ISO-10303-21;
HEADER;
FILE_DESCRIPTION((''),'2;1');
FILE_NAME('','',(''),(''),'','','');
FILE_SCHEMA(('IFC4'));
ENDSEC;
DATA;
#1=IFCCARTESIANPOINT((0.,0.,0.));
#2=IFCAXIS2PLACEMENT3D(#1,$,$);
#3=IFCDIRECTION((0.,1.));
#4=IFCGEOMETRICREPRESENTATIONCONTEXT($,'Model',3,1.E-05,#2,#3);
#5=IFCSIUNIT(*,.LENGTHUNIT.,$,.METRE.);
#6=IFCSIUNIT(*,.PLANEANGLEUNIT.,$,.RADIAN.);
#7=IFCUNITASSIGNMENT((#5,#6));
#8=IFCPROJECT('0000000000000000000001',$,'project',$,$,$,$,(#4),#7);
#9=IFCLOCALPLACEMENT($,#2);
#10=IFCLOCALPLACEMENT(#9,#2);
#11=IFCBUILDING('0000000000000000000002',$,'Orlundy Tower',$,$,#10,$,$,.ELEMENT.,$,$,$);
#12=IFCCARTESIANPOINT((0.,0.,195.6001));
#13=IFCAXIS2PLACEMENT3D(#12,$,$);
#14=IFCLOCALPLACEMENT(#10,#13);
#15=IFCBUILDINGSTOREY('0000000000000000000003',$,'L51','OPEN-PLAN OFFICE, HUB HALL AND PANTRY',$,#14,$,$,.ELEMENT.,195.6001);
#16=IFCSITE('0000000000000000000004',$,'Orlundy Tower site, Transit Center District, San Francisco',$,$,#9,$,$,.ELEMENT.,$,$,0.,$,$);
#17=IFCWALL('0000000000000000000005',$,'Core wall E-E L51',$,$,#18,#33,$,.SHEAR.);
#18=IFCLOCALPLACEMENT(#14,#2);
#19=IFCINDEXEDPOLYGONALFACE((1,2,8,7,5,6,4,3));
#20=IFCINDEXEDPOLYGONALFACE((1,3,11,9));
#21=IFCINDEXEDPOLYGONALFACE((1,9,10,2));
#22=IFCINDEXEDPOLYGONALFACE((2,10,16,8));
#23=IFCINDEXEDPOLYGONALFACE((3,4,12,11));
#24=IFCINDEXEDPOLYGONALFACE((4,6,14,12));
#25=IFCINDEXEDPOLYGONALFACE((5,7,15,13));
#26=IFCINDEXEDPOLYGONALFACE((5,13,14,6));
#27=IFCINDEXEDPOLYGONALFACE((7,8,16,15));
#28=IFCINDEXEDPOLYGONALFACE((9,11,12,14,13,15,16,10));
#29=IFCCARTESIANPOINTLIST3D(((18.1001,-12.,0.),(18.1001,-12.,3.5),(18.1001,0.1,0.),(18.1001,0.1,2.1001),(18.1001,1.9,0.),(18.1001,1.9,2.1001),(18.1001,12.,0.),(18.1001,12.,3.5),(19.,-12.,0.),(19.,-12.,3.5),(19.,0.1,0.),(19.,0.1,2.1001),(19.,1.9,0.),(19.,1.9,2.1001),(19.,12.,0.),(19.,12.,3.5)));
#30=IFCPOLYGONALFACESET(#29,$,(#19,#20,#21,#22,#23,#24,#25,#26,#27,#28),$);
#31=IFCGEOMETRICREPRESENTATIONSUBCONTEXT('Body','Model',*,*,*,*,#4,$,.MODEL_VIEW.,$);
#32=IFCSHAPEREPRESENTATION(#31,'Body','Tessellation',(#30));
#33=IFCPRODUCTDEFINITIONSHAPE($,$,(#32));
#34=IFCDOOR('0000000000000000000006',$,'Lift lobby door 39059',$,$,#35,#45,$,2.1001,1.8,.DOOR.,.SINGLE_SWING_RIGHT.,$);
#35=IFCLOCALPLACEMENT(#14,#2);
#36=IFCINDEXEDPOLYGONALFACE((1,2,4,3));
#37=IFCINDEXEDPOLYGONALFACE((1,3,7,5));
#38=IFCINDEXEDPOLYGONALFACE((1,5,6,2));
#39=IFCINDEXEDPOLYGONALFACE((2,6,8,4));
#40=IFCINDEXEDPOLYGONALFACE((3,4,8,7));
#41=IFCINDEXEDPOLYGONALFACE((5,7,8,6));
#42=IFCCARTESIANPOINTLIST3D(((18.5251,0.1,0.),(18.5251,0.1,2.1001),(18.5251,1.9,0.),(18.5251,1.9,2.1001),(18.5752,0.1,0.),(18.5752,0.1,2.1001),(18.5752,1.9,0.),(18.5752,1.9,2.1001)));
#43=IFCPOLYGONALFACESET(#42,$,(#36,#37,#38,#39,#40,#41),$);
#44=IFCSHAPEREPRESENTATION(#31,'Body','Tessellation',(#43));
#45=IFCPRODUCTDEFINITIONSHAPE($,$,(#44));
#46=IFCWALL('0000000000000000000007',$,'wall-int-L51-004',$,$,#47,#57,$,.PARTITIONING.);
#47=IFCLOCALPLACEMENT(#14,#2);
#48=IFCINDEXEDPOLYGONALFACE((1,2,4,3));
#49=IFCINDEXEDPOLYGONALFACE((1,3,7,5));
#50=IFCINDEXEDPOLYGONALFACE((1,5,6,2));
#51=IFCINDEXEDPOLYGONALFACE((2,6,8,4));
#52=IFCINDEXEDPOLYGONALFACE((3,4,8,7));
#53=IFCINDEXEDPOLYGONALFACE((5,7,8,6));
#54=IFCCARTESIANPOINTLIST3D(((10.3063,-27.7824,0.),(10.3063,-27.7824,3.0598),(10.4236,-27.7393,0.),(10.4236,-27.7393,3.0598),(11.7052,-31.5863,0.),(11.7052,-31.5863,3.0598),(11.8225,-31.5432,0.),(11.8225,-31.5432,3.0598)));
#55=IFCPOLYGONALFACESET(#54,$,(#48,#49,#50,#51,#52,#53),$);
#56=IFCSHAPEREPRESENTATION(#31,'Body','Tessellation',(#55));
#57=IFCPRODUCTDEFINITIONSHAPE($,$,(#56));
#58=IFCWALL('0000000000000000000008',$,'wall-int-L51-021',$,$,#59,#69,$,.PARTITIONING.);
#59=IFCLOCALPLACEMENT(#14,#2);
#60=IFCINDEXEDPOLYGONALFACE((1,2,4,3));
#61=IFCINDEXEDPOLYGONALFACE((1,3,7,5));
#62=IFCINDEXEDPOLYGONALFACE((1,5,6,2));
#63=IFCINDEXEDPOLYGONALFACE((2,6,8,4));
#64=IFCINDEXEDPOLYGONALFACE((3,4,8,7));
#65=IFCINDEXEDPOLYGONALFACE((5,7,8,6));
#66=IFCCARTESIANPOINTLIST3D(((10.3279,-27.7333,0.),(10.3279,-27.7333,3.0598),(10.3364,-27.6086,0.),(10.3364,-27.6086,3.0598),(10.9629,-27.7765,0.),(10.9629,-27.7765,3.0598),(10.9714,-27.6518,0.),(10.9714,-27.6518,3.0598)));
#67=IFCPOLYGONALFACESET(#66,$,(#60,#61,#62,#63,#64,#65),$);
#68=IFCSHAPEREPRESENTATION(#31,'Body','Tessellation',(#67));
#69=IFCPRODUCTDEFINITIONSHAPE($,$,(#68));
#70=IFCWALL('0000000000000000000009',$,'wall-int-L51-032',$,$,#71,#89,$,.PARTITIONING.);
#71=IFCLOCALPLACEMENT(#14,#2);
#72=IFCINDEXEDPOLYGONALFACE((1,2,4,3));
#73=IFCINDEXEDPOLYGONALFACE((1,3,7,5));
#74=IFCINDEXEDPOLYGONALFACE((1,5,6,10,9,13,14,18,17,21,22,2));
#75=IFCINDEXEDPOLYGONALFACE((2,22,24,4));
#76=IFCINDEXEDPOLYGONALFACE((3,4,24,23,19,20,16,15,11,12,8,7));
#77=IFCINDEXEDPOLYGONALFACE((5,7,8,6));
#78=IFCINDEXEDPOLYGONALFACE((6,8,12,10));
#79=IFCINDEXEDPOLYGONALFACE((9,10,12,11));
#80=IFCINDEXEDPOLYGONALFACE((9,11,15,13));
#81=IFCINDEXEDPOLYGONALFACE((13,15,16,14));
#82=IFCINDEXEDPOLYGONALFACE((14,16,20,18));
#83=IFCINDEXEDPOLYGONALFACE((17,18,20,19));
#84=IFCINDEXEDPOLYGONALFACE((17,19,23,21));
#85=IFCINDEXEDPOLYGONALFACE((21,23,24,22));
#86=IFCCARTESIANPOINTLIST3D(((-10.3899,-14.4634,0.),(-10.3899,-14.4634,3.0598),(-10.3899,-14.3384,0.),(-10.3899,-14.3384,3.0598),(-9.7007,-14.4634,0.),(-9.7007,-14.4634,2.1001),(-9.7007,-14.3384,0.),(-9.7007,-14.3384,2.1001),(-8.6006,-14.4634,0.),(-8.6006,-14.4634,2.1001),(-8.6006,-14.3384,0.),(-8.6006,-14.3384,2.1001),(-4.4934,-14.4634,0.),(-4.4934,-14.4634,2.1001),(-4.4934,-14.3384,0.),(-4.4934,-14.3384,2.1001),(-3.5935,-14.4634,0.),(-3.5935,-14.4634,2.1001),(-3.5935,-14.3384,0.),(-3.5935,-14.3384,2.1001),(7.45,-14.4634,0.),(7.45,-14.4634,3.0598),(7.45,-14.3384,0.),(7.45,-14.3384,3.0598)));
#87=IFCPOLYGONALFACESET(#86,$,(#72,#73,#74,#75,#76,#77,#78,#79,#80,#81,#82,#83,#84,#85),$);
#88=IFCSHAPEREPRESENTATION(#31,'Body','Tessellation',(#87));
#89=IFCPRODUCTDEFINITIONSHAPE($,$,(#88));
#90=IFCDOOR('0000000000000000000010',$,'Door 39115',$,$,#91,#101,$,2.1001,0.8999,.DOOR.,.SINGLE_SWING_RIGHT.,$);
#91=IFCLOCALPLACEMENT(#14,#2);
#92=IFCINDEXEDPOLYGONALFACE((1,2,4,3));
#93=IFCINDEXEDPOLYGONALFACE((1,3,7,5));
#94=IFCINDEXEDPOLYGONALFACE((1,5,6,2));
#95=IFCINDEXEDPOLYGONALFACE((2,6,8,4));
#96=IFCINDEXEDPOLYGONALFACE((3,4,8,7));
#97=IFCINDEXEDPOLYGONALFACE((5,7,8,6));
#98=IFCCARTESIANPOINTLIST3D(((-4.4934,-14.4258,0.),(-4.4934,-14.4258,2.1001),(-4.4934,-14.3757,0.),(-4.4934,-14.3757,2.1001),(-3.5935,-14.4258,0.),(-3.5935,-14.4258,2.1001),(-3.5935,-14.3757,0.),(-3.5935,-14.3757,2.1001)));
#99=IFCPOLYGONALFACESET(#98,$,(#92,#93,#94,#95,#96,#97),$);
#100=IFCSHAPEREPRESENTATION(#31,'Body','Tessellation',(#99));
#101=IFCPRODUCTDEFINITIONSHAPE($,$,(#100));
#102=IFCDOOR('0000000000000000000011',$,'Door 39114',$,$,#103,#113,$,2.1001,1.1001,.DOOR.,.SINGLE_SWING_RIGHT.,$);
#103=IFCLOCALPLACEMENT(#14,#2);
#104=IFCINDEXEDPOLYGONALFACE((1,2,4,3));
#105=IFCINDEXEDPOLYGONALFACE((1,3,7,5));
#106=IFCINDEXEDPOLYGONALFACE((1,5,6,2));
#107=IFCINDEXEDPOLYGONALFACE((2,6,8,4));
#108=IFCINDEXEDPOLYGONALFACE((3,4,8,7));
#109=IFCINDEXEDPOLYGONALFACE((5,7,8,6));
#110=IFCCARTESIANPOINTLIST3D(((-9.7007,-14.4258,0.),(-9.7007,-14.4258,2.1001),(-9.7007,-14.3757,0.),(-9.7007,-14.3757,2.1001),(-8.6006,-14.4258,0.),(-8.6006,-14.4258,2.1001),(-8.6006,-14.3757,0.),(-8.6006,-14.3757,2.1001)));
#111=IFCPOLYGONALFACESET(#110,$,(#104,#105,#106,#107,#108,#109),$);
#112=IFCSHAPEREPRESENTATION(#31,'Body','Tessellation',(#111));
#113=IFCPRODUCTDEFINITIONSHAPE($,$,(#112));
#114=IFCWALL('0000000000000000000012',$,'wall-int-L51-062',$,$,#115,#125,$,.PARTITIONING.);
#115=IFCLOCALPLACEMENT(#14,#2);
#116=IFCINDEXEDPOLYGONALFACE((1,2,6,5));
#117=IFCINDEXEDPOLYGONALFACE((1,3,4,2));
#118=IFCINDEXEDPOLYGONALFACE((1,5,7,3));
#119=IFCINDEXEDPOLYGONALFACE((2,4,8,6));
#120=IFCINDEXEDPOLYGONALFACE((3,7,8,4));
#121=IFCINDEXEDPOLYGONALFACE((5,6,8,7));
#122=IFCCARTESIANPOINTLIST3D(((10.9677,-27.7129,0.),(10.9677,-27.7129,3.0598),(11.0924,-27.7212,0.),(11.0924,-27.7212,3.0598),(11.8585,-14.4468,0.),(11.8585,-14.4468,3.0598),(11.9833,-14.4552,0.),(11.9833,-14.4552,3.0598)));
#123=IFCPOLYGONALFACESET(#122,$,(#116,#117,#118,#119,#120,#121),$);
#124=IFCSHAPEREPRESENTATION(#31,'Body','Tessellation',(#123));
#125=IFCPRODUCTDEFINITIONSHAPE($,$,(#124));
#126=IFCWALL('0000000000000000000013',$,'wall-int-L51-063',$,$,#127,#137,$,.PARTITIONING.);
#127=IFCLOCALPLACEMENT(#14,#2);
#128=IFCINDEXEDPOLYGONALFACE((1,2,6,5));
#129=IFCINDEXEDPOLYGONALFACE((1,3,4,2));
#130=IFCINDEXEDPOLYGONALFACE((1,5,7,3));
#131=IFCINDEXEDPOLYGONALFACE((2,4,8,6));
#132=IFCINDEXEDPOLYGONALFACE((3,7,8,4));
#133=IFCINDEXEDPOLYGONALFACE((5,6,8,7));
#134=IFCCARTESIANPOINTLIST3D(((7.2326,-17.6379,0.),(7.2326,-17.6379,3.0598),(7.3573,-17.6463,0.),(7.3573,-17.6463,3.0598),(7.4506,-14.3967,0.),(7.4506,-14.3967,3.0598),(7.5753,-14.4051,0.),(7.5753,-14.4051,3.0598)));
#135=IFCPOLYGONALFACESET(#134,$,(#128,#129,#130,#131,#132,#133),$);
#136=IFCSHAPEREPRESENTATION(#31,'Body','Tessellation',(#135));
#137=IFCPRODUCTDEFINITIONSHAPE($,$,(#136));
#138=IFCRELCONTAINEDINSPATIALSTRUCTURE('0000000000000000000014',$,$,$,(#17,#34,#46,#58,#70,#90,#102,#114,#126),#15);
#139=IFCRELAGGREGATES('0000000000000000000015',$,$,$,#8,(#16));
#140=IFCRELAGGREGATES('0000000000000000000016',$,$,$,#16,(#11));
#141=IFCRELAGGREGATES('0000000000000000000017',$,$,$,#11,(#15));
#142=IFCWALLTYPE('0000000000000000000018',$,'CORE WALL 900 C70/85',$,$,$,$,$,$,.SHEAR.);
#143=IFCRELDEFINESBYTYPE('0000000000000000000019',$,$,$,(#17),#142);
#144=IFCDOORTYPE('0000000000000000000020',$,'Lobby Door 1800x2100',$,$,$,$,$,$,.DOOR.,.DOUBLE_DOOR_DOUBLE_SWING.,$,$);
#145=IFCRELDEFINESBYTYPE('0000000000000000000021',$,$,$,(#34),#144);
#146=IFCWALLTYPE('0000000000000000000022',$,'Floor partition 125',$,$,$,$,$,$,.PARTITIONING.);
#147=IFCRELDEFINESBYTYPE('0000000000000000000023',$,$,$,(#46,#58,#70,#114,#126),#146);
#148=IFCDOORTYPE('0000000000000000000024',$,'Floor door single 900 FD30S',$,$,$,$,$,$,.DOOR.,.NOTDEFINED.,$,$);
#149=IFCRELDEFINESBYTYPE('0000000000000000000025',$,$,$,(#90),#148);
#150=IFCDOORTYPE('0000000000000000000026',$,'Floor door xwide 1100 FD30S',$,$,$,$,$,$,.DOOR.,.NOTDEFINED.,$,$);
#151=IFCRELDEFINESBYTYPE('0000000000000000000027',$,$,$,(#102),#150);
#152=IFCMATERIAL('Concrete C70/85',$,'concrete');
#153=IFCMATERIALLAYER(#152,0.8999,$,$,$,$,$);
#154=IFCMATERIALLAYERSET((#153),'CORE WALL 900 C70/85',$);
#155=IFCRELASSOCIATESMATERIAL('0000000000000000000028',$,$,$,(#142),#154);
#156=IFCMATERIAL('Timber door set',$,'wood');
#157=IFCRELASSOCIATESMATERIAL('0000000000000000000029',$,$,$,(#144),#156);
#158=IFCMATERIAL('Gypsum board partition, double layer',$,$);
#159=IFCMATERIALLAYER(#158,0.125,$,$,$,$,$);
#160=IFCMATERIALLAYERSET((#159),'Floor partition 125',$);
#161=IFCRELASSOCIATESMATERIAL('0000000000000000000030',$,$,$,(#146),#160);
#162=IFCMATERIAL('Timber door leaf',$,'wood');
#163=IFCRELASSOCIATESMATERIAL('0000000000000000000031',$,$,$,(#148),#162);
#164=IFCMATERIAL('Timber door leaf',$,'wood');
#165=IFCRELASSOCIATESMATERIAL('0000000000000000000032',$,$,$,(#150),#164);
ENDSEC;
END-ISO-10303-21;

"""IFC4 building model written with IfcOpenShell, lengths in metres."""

from ifc_helpers import new_model, si_unit, direction, frame, frame_2d, origin, place, context, subcontext, project, spatial, rectangle, extrude, material, layer, layer_set, type_object, element, fill, save


model = new_model("IFC4")

# Units and contexts
model_context = context("Model", 3, precision=1e-05, world=origin(), true_north=direction((0.0, 1.0)))
body_context = subcontext(model_context, "Body", "Model", "MODEL_VIEW")
ifc_project = project(units=[si_unit("LENGTHUNIT", "METRE"), si_unit("PLANEANGLEUNIT", "RADIAN")], contexts=[model_context])

# Site, building, storey
site_placement = place(None, origin())
site = spatial("IfcSite", under=ifc_project, at=site_placement, Name="Orlundy Tower site, Transit Center District, San Francisco", CompositionType="ELEMENT", RefElevation=0.0)
building_placement = place(site_placement, origin())
building = spatial("IfcBuilding", under=site, at=building_placement, Name="Orlundy Tower", CompositionType="ELEMENT")
storey_placement = place(building_placement, frame((0.0, 0.0, 195.6001)))
storey = spatial("IfcBuildingStorey", under=building, at=storey_placement, Name="L51", Description="OPEN-PLAN OFFICE, HUB HALL AND PANTRY", CompositionType="ELEMENT", Elevation=195.6001)

# Shared definitions
ifc_material_1 = material(Name="Concrete C70/85", Category="concrete")
ifc_layer_1 = layer(ifc_material_1, 0.8999)
ifc_layer_set_1 = layer_set([ifc_layer_1], Name="CORE WALL 900 C70/85")
wall_type_1 = type_object("IfcWallType", Name="CORE WALL 900 C70/85", PredefinedType="SHEAR", material=ifc_layer_set_1)
ifc_material_2 = material(Name="Timber door set", Category="wood")
door_type_1 = type_object("IfcDoorType", Name="Lobby Door 1800x2100", OperationType="DOUBLE_DOOR_DOUBLE_SWING", PredefinedType="DOOR", material=ifc_material_2)

# Wall, opening, door
wall_1_placement = place(storey_placement, frame((18.55, -12.0, 0.0), z_axis=(0.0, 0.0, 1.0), x_axis=(0.0, 1.0, 0.0)))
wall_1 = element("IfcWall", 1, at=wall_1_placement, inside=storey, type_object=wall_type_1, Name="Core wall E-E L51", PredefinedType="SHEAR", context=body_context, shape_type="SweptSolid", body=[
    extrude(rectangle(XDim=24.0, YDim=0.8999, at=frame_2d((12.0, 0.0))), origin(), (0.0, 0.0, 1.0), 3.5),
])
opening_1_placement = place(wall_1_placement, frame((12.1001, 0.0, 0.0)))
opening_1 = element("IfcOpeningElement", 2, at=opening_1_placement, cuts=wall_1, PredefinedType="OPENING", context=body_context, shape_type="SweptSolid", body=[
    extrude(rectangle(XDim=1.8, YDim=2.1001, at=frame_2d((0.8999, 1.05))), frame((0.0, 0.46, 0.0), z_axis=(0.0, -1.0, 0.0), x_axis=(1.0, 0.0, 0.0)), (0.0, 0.0, 1.0), 0.9199),
])
door_1_placement = place(opening_1_placement, origin())
door_1 = element("IfcDoor", 3, at=door_1_placement, inside=storey, type_object=door_type_1, Name="Lift lobby door 39059", OperationType="SINGLE_SWING_RIGHT", OverallHeight=2.1001, OverallWidth=1.8, PredefinedType="DOOR", context=body_context, shape_type="SweptSolid", body=[
    extrude(rectangle(XDim=1.8, YDim=2.1001, at=frame_2d((0.8999, 1.05))), frame((0.0, 0.0249, 0.0), z_axis=(0.0, -1.0, 0.0), x_axis=(1.0, 0.0, 0.0)), (0.0, 0.0, 1.0), 0.05),
])
fill(opening_1, door_1)

# Walls
ifc_material_3 = material(Name="Gypsum board partition, double layer")
ifc_layer_2 = layer(ifc_material_3, 0.125)
ifc_layer_set_2 = layer_set([ifc_layer_2], Name="Floor partition 125")
wall_type_2 = type_object("IfcWallType", Name="Floor partition 125", PredefinedType="PARTITIONING", material=ifc_layer_set_2)
wall_2_placement = place(storey_placement, frame((10.365, -27.761, 0.0), z_axis=(0.0, 0.0, 1.0), x_axis=(0.345155, -0.938546, 0.0)))
element("IfcWall", 4, at=wall_2_placement, inside=storey, type_object=wall_type_2, Name="wall-int-L51-004", PredefinedType="PARTITIONING", context=body_context, shape_type="SweptSolid", body=[
    extrude(rectangle(XDim=4.053, YDim=0.125, at=frame_2d((2.0264, 0.0))), origin(), (0.0, 0.0, 1.0), 3.0598),
])
wall_3_placement = place(storey_placement, frame((10.332, -27.6709, 0.0), z_axis=(0.0, 0.0, 1.0), x_axis=(0.997693, -0.067894, 0.0)))
element("IfcWall", 5, at=wall_3_placement, inside=storey, type_object=wall_type_2, Name="wall-int-L51-021", PredefinedType="PARTITIONING", context=body_context, shape_type="SweptSolid", body=[
    extrude(rectangle(XDim=0.6365, YDim=0.125, at=frame_2d((0.3184, 0.0))), origin(), (0.0, 0.0, 1.0), 3.0598),
])

# Wall, openings, doors
wall_4_placement = place(storey_placement, frame((7.45, -14.4009, 0.0), z_axis=(0.0, 0.0, 1.0), x_axis=(-1.0, 0.0, 0.0)))
wall_4 = element("IfcWall", 6, at=wall_4_placement, inside=storey, type_object=wall_type_2, Name="wall-int-L51-032", PredefinedType="PARTITIONING", context=body_context, shape_type="SweptSolid", body=[
    extrude(rectangle(XDim=17.8398, YDim=0.125, at=frame_2d((8.9199, 0.0))), origin(), (0.0, 0.0, 1.0), 3.0598),
])
opening_2_placement = place(wall_4_placement, frame((16.0505, 0.0, 0.0)))
opening_2 = element("IfcOpeningElement", 7, at=opening_2_placement, cuts=wall_4, PredefinedType="OPENING", context=body_context, shape_type="SweptSolid", body=[
    extrude(rectangle(XDim=1.1001, YDim=2.1001, at=frame_2d((0.55, 1.05))), frame((0.0, 0.0725, 0.0), z_axis=(0.0, -1.0, 0.0), x_axis=(1.0, 0.0, 0.0)), (0.0, 0.0, 1.0), 0.145),
])
opening_3_placement = place(wall_4_placement, frame((11.0435, 0.0, 0.0)))
opening_3 = element("IfcOpeningElement", 8, at=opening_3_placement, cuts=wall_4, PredefinedType="OPENING", context=body_context, shape_type="SweptSolid", body=[
    extrude(rectangle(XDim=0.8999, YDim=2.1001, at=frame_2d((0.45, 1.05))), frame((0.0, 0.0725, 0.0), z_axis=(0.0, -1.0, 0.0), x_axis=(1.0, 0.0, 0.0)), (0.0, 0.0, 1.0), 0.145),
])
ifc_material_4 = material(Name="Timber door leaf", Category="wood")
door_type_2 = type_object("IfcDoorType", Name="Floor door single 900 FD30S", OperationType="NOTDEFINED", PredefinedType="DOOR", material=ifc_material_4)
door_2_placement = place(opening_3_placement, origin())
door_2 = element("IfcDoor", 9, at=door_2_placement, inside=storey, type_object=door_type_2, Name="Door 39115", OperationType="SINGLE_SWING_RIGHT", OverallHeight=2.1001, OverallWidth=0.8999, PredefinedType="DOOR", context=body_context, shape_type="SweptSolid", body=[
    extrude(rectangle(XDim=0.8999, YDim=2.1001, at=frame_2d((0.45, 1.05))), frame((0.0, 0.0249, 0.0), z_axis=(0.0, -1.0, 0.0), x_axis=(1.0, 0.0, 0.0)), (0.0, 0.0, 1.0), 0.05),
])
fill(opening_3, door_2)
ifc_material_5 = material(Name="Timber door leaf", Category="wood")
door_type_3 = type_object("IfcDoorType", Name="Floor door xwide 1100 FD30S", OperationType="NOTDEFINED", PredefinedType="DOOR", material=ifc_material_5)
door_3_placement = place(opening_2_placement, origin())
door_3 = element("IfcDoor", 10, at=door_3_placement, inside=storey, type_object=door_type_3, Name="Door 39114", OperationType="SINGLE_SWING_RIGHT", OverallHeight=2.1001, OverallWidth=1.1001, PredefinedType="DOOR", context=body_context, shape_type="SweptSolid", body=[
    extrude(rectangle(XDim=1.1001, YDim=2.1001, at=frame_2d((0.55, 1.05))), frame((0.0, 0.0249, 0.0), z_axis=(0.0, -1.0, 0.0), x_axis=(1.0, 0.0, 0.0)), (0.0, 0.0, 1.0), 0.05),
])
fill(opening_2, door_3)

# Walls
wall_5_placement = place(storey_placement, frame((11.03, -27.717, 0.0), z_axis=(0.0, 0.0, 1.0), x_axis=(0.067003, 0.997753, 0.0)))
element("IfcWall", 11, at=wall_5_placement, inside=storey, type_object=wall_type_2, Name="wall-int-L51-062", PredefinedType="PARTITIONING", context=body_context, shape_type="SweptSolid", body=[
    extrude(rectangle(XDim=13.2959, YDim=0.125, at=frame_2d((6.6479, 0.0))), origin(), (0.0, 0.0, 1.0), 3.0598),
])
wall_6_placement = place(storey_placement, frame((7.2949, -17.6421, 0.0), z_axis=(0.0, 0.0, 1.0), x_axis=(0.067113, 0.997745, 0.0)))
element("IfcWall", 12, at=wall_6_placement, inside=storey, type_object=wall_type_2, Name="wall-int-L51-063", PredefinedType="PARTITIONING", context=body_context, shape_type="SweptSolid", body=[
    extrude(rectangle(XDim=3.2485, YDim=0.125, at=frame_2d((1.6243, 0.0))), origin(), (0.0, 0.0, 1.0), 3.0598),
])

save(model, "model.ifc")
